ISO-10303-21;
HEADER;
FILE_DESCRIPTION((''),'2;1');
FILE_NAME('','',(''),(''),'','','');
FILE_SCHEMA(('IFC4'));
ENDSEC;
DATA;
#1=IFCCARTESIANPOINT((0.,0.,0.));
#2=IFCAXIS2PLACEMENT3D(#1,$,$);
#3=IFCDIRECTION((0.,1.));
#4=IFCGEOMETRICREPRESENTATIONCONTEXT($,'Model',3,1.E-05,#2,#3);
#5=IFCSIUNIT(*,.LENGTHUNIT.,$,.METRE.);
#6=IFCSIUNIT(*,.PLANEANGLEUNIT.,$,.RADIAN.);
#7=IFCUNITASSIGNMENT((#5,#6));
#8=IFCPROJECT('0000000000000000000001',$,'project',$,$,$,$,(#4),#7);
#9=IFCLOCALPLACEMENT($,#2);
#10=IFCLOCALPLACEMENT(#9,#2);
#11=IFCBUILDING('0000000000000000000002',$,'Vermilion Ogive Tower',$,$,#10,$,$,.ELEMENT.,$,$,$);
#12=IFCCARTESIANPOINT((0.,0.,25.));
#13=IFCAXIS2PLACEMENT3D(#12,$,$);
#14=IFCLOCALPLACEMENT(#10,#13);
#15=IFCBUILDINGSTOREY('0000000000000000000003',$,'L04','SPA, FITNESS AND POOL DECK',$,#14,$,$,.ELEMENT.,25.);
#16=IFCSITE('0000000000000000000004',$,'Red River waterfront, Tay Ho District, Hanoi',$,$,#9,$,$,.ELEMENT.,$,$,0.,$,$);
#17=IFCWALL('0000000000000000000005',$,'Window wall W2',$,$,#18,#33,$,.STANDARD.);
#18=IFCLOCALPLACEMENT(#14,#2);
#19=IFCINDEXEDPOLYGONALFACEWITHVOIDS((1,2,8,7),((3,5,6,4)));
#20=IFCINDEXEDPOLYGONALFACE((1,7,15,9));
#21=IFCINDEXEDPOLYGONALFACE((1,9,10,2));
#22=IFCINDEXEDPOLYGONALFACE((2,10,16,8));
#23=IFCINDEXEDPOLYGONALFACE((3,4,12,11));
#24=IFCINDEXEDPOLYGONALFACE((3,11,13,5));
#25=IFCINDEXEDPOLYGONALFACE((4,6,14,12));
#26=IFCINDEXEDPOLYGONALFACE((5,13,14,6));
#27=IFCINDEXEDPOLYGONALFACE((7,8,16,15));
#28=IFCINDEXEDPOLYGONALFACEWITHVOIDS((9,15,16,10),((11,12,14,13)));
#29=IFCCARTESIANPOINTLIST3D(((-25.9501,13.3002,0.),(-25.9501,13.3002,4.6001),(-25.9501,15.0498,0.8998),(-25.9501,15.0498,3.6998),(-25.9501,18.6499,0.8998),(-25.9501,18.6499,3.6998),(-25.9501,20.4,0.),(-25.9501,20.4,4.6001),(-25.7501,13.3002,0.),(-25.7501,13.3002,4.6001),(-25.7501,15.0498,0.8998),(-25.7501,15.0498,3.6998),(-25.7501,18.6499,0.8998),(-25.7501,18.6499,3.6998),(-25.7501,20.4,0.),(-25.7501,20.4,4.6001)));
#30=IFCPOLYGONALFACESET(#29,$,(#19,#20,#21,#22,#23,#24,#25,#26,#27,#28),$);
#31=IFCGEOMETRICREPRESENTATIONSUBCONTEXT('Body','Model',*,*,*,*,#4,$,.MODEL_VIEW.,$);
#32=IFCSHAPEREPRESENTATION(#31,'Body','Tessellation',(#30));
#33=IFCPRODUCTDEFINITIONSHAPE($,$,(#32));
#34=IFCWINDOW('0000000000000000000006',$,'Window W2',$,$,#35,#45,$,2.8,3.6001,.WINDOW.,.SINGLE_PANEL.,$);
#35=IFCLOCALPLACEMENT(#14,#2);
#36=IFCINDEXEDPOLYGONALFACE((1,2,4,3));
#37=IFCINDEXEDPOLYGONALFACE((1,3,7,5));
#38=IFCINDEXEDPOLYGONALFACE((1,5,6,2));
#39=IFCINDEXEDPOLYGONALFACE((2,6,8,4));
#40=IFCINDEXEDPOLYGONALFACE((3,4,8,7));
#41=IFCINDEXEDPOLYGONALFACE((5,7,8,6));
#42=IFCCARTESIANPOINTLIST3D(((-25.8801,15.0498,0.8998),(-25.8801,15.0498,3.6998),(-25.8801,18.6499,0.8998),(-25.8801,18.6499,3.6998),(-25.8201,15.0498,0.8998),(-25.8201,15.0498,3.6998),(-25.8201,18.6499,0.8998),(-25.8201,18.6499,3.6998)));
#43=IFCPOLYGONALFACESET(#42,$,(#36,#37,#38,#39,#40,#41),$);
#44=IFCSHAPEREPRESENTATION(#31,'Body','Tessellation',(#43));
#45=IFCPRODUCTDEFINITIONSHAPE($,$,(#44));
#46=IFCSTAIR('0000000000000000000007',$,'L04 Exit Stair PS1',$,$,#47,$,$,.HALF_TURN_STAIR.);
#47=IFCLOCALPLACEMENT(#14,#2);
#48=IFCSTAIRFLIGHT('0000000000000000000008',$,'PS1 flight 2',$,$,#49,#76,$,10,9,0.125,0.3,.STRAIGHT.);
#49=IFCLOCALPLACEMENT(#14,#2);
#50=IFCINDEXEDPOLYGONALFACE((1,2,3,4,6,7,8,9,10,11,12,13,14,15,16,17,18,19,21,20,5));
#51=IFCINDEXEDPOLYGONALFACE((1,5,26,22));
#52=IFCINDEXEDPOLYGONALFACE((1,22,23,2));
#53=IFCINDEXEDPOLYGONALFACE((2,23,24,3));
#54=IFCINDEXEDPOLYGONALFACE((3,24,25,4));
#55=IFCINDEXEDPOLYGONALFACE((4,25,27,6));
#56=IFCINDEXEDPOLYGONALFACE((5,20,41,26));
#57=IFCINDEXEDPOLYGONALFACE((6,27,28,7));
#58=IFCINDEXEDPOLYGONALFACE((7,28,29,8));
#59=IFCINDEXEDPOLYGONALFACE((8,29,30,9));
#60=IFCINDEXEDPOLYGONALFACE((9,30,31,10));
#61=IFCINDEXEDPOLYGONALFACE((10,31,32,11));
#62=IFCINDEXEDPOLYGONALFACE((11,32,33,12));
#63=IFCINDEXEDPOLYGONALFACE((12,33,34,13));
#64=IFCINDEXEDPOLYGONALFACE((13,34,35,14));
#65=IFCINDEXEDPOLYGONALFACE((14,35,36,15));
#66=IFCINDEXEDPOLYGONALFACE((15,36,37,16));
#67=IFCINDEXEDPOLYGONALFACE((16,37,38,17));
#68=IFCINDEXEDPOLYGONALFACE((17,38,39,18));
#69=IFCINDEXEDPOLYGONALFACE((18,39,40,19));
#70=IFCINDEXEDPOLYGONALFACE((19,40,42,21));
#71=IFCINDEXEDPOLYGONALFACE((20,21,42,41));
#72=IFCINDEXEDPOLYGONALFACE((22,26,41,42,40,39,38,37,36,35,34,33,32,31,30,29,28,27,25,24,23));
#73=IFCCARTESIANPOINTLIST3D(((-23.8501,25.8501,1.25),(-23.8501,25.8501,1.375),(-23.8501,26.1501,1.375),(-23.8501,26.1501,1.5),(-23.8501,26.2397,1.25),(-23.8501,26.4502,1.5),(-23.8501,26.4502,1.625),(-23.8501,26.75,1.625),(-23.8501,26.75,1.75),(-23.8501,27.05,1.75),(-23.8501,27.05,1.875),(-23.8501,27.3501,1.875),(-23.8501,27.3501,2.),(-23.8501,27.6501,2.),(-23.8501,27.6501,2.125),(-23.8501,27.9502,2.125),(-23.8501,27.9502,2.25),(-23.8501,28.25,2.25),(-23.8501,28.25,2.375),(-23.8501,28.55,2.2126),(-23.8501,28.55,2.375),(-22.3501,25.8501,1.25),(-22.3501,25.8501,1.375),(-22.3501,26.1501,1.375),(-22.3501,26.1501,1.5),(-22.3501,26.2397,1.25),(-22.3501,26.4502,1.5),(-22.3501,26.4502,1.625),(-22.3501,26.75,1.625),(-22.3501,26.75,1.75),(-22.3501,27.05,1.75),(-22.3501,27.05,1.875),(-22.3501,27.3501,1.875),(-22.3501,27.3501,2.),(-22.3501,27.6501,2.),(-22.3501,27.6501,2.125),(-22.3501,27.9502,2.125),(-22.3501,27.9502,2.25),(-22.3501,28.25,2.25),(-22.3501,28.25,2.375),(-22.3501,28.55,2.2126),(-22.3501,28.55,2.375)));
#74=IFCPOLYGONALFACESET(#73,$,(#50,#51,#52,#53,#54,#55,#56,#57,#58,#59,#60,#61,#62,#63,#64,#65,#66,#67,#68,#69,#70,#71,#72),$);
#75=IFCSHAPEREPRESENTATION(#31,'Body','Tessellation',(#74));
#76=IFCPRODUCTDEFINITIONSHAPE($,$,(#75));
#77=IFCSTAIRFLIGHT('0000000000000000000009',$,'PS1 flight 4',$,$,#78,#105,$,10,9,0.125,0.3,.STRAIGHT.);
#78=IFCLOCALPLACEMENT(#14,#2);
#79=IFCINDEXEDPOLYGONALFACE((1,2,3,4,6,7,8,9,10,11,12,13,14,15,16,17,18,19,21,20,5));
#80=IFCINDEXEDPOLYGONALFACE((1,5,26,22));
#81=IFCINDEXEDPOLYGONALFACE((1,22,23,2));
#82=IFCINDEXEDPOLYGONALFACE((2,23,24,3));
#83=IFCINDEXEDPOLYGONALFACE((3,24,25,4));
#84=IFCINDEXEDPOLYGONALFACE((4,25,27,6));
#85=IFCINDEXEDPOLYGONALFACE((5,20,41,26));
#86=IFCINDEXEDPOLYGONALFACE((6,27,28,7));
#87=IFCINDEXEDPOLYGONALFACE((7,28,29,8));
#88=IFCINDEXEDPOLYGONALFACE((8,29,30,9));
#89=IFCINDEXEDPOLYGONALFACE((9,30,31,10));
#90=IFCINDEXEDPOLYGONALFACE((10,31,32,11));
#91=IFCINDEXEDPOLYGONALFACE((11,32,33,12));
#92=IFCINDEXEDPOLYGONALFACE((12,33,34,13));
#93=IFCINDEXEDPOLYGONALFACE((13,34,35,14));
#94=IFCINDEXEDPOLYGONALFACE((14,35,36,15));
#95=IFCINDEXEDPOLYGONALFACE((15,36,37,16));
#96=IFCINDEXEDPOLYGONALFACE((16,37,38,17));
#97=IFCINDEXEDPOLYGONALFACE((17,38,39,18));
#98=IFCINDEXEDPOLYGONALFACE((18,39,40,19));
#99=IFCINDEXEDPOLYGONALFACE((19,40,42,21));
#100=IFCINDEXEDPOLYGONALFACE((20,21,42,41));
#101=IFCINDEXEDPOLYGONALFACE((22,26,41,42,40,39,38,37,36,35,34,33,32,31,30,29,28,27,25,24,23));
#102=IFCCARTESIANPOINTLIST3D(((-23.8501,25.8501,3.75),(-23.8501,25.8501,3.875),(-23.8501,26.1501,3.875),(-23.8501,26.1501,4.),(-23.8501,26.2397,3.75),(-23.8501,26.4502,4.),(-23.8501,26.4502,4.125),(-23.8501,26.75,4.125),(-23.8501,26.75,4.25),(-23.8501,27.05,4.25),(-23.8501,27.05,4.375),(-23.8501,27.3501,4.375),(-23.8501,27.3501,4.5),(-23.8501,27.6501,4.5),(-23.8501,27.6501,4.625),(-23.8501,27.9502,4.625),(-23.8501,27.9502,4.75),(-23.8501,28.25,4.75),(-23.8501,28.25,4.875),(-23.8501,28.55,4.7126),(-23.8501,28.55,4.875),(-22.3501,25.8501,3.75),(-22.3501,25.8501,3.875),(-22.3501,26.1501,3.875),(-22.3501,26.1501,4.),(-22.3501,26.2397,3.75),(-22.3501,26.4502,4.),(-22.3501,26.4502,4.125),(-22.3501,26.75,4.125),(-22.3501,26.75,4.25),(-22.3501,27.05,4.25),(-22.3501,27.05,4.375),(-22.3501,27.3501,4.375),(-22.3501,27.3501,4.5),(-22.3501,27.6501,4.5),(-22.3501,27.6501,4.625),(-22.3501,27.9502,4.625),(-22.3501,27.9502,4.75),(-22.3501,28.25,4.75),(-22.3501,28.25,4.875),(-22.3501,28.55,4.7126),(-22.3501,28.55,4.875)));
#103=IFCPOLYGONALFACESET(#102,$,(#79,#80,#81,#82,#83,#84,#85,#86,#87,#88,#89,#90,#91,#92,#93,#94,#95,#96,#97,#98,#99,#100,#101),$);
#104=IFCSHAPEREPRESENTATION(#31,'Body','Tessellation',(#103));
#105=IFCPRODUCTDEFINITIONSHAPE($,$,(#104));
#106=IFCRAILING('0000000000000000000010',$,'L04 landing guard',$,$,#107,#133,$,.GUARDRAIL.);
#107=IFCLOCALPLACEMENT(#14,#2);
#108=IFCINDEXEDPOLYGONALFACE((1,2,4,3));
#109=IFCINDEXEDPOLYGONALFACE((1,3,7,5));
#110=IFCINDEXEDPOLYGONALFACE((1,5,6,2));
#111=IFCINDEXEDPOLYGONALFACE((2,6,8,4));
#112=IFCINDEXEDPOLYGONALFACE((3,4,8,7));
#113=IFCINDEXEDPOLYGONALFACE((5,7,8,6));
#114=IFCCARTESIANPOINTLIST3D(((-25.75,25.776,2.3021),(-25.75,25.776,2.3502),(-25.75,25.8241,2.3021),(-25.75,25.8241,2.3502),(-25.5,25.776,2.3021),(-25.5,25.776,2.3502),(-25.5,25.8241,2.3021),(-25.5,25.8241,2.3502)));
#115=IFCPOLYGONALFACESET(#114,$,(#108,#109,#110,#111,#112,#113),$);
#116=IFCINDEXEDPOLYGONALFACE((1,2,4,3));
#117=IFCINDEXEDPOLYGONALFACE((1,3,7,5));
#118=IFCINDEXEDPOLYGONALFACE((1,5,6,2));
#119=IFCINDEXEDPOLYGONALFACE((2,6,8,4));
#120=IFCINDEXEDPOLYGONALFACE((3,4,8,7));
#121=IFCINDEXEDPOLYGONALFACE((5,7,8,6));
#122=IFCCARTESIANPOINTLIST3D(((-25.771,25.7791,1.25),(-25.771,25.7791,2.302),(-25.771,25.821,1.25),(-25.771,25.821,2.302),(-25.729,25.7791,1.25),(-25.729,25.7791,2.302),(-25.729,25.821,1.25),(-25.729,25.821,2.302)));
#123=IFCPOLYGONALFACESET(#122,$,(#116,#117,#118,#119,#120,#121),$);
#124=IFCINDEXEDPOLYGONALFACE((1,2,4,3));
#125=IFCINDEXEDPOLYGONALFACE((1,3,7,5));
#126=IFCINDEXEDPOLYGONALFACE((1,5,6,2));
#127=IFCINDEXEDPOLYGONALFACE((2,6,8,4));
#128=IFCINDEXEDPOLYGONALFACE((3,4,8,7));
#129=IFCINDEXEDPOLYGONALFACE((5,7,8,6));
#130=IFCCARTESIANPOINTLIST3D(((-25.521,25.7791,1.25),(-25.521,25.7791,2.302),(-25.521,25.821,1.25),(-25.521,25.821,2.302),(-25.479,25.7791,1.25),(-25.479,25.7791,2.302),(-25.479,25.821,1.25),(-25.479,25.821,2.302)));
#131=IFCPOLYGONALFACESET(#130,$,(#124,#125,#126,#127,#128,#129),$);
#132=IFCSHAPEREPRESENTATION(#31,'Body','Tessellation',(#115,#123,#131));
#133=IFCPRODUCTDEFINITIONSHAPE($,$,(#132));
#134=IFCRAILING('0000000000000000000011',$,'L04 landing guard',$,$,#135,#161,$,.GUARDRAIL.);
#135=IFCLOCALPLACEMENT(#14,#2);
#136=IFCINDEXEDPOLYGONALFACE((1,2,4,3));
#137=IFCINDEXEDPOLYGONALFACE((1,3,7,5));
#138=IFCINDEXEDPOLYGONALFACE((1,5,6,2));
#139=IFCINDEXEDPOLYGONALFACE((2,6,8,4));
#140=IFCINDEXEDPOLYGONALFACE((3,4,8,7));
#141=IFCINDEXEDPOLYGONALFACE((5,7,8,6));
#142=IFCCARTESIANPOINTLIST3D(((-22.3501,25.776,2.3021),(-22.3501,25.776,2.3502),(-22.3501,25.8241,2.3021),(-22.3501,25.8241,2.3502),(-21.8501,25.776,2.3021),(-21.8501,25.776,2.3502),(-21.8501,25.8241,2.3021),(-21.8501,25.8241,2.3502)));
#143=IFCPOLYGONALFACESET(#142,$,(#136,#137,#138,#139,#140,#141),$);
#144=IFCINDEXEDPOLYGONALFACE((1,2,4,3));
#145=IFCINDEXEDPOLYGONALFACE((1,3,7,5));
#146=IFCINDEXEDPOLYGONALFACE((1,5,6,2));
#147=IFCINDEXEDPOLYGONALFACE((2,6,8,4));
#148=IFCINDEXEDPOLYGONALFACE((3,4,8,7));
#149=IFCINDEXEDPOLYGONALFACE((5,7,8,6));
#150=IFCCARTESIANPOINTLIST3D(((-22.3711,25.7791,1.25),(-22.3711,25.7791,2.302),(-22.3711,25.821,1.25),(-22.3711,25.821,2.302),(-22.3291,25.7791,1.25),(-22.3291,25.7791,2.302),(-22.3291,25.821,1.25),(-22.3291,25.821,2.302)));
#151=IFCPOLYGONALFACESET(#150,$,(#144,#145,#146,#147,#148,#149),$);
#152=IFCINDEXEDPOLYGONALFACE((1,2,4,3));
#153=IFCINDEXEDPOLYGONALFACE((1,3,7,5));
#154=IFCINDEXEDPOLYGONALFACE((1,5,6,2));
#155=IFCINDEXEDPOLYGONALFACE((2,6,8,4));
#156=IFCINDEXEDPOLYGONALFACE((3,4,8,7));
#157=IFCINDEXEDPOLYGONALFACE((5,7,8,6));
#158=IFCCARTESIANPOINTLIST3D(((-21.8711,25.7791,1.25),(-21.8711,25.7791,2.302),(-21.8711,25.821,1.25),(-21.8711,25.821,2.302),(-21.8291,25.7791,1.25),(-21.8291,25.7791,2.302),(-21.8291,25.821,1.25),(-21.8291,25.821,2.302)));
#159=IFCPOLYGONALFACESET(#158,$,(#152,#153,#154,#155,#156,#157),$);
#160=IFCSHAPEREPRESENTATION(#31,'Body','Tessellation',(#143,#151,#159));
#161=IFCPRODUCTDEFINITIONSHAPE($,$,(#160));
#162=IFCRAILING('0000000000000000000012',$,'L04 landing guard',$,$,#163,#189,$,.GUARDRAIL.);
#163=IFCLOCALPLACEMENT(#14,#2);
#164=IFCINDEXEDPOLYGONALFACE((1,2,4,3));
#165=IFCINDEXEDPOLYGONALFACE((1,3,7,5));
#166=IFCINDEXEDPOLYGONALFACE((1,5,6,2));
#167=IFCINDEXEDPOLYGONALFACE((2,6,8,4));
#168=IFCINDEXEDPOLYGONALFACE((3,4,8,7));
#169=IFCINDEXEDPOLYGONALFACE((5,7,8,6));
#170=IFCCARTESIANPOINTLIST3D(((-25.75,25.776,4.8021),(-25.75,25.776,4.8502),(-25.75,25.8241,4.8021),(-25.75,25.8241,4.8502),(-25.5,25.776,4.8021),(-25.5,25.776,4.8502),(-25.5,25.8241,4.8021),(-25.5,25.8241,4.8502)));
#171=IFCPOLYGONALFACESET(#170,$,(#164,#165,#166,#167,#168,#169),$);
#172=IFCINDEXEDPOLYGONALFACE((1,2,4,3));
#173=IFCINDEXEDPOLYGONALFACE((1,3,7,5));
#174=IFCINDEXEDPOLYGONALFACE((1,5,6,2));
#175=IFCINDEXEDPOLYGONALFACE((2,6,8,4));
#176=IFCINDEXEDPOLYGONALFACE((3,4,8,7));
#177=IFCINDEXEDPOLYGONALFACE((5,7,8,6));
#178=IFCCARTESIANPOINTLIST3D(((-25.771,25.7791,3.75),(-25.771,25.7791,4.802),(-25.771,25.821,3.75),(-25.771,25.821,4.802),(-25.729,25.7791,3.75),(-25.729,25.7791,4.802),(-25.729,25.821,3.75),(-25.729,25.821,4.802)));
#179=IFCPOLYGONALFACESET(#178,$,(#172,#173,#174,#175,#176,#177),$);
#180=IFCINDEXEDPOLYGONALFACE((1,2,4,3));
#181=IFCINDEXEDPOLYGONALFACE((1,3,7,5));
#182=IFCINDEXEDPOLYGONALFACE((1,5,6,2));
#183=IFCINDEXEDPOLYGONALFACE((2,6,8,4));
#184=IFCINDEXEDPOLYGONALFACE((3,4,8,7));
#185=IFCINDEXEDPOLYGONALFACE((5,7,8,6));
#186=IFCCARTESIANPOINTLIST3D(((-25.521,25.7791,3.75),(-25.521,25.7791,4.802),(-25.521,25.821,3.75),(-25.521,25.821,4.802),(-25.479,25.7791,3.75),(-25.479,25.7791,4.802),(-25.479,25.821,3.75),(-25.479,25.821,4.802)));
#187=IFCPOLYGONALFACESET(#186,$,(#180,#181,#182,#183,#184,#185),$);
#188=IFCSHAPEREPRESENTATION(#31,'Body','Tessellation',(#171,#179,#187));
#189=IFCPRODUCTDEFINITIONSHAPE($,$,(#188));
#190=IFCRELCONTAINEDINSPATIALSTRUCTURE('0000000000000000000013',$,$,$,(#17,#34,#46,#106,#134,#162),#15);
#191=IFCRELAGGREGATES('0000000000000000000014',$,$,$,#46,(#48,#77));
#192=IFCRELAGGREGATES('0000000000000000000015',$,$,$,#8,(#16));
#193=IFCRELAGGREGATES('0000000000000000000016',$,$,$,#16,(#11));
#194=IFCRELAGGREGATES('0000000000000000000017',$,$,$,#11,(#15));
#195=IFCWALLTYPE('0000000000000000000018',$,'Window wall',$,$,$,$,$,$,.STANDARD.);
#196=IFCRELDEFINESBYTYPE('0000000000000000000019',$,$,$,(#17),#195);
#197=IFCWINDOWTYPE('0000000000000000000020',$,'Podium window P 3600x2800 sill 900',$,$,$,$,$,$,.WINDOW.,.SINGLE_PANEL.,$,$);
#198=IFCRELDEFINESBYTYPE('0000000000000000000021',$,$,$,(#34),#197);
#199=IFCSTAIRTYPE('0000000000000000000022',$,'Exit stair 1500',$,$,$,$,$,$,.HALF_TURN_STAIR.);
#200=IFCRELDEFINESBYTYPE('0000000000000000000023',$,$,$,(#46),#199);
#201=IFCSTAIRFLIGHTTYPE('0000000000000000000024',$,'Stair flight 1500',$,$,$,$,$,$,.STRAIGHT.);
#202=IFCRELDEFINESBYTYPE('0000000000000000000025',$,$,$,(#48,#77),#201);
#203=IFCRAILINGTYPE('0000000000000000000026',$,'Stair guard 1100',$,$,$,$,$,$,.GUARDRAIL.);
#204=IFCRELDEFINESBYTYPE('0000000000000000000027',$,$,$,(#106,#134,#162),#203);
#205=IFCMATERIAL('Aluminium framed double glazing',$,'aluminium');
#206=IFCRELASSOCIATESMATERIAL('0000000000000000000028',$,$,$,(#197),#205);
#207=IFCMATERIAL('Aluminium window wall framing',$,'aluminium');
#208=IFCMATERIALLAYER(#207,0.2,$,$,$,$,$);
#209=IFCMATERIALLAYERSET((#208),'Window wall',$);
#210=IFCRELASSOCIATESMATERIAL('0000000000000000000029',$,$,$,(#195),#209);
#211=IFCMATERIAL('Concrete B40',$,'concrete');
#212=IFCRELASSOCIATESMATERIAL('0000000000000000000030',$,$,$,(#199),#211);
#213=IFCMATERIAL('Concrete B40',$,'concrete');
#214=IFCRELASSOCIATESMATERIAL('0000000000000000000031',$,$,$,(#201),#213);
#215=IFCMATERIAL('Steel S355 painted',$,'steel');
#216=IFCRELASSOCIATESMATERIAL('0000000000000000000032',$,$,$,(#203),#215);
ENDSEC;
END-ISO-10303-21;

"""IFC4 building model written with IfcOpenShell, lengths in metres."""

from ifc_helpers import new_model, si_unit, direction, frame, frame_2d, origin, origin_2d, place, context, subcontext, project, spatial, polyline, rectangle, outline, extrude, material, layer, layer_set, type_object, element, fill, aggregate, save


model = new_model("IFC4")

# Units and contexts
model_context = context("Model", 3, precision=1e-05, world=origin(), true_north=direction((0.0, 1.0)))
body_context = subcontext(model_context, "Body", "Model", "MODEL_VIEW")
ifc_project = project(units=[si_unit("LENGTHUNIT", "METRE"), si_unit("PLANEANGLEUNIT", "RADIAN")], contexts=[model_context])

# Site, building, storey
site_placement = place(None, origin())
site = spatial("IfcSite", under=ifc_project, at=site_placement, Name="Red River waterfront, Tay Ho District, Hanoi", CompositionType="ELEMENT", RefElevation=0.0)
building_placement = place(site_placement, origin())
building = spatial("IfcBuilding", under=site, at=building_placement, Name="Vermilion Ogive Tower", CompositionType="ELEMENT")
storey_placement = place(building_placement, frame((0.0, 0.0, 25.0)))
storey = spatial("IfcBuildingStorey", under=building, at=storey_placement, Name="L04", Description="SPA, FITNESS AND POOL DECK", CompositionType="ELEMENT", Elevation=25.0)

# Wall, opening, window
ifc_material_1 = material(Name="Aluminium framed double glazing", Category="aluminium")
window_type = type_object("IfcWindowType", Name="Podium window P 3600x2800 sill 900", PartitioningType="SINGLE_PANEL", PredefinedType="WINDOW", material=ifc_material_1)
ifc_material_2 = material(Name="Aluminium window wall framing", Category="aluminium")
ifc_layer_1 = layer(ifc_material_2, 0.2)
ifc_layer_set_1 = layer_set([ifc_layer_1], Name="Window wall")
wall_type_1 = type_object("IfcWallType", Name="Window wall", PredefinedType="STANDARD", material=ifc_layer_set_1)
wall_1_placement = place(storey_placement, frame((-25.8501, 20.3999, 0.0), z_axis=(0.0, 0.0, 1.0), x_axis=(0.0, -1.0, 0.0)))
wall_1 = element("IfcWall", 1, at=wall_1_placement, inside=storey, type_object=wall_type_1, Name="Window wall W2", PredefinedType="STANDARD", context=body_context, shape_type="SweptSolid", body=[
    extrude(rectangle(XDim=7.0999, YDim=0.2, at=frame_2d((3.5498, 0.0))), origin(), (0.0, 0.0, 1.0), 4.6001),
])
opening_1_placement = place(wall_1_placement, frame((1.75, 0.0, 0.8999)))
opening_1 = element("IfcOpeningElement", 2, at=opening_1_placement, cuts=wall_1, PredefinedType="OPENING", context=body_context, shape_type="SweptSolid", body=[
    extrude(rectangle(XDim=3.6001, YDim=2.8, at=frame_2d((1.8, 1.3999))), frame((0.0, 0.1099, 0.0), z_axis=(0.0, -1.0, 0.0), x_axis=(1.0, 0.0, 0.0)), (0.0, 0.0, 1.0), 0.22),
])
window_1_placement = place(opening_1_placement, origin())
window_1 = element("IfcWindow", 3, at=window_1_placement, inside=storey, type_object=window_type, Name="Window W2", OverallHeight=2.8, OverallWidth=3.6001, PartitioningType="SINGLE_PANEL", PredefinedType="WINDOW", context=body_context, shape_type="SweptSolid", body=[
    extrude(rectangle(XDim=3.6001, YDim=2.8, at=frame_2d((1.8, 1.3999))), frame((0.0, 0.03, 0.0), z_axis=(0.0, -1.0, 0.0), x_axis=(1.0, 0.0, 0.0)), (0.0, 0.0, 1.0), 0.0601),
])
fill(opening_1, window_1)

# Stair, stair flights
ifc_material_3 = material(Name="Concrete B40", Category="concrete")
stair_type = type_object("IfcStairType", Name="Exit stair 1500", PredefinedType="HALF_TURN_STAIR", material=ifc_material_3)
stair_placement = place(storey_placement, origin())
stair = element("IfcStair", 4, at=stair_placement, inside=storey, type_object=stair_type, Name="L04 Exit Stair PS1", PredefinedType="HALF_TURN_STAIR")
ifc_material_4 = material(Name="Concrete B40", Category="concrete")
stair_flight_type = type_object("IfcStairFlightType", Name="Stair flight 1500", PredefinedType="STRAIGHT", material=ifc_material_4)
stair_flight_1_placement = place(storey_placement, frame((-23.1001, 25.8501, 1.25), z_axis=(0.0, 0.0, 1.0), x_axis=(0.0, 1.0, 0.0)))
stair_flight_1 = element("IfcStairFlight", 5, at=stair_flight_1_placement, type_object=stair_flight_type, Name="PS1 flight 2", NumberOfRisers=10, NumberOfTreads=9, PredefinedType="STRAIGHT", RiserHeight=0.125, TreadLength=0.3, context=body_context, shape_type="SweptSolid", body=[
    extrude(outline(polyline([(0.0, 0.0), (0.0, 0.125), (0.3, 0.125), (0.3, 0.25), (0.6001, 0.25), (0.6001, 0.375), (0.8999, 0.375), (0.8999, 0.5), (1.2, 0.5), (1.2, 0.625), (1.5, 0.625), (1.5, 0.75), (1.8, 0.75), (1.8, 0.875), (2.1001, 0.875), (2.1001, 1.0), (2.3999, 1.0), (2.3999, 1.125), (2.7, 1.125), (2.7, 1.25), (2.7, 0.9626), (0.3896, 0.0), (0.0, 0.0)])), frame((0.0, 0.75, 0.0), z_axis=(0.0, -1.0, 0.0), x_axis=(1.0, 0.0, 0.0)), (0.0, 0.0, 1.0), 1.5),
])
stair_flight_2_placement = place(storey_placement, frame((-23.1001, 25.8501, 3.75), z_axis=(0.0, 0.0, 1.0), x_axis=(0.0, 1.0, 0.0)))
stair_flight_2 = element("IfcStairFlight", 6, at=stair_flight_2_placement, type_object=stair_flight_type, Name="PS1 flight 4", NumberOfRisers=10, NumberOfTreads=9, PredefinedType="STRAIGHT", RiserHeight=0.125, TreadLength=0.3, context=body_context, shape_type="SweptSolid", body=[
    extrude(outline(polyline([(0.0, 0.0), (0.0, 0.125), (0.3, 0.125), (0.3, 0.25), (0.6001, 0.25), (0.6001, 0.375), (0.8999, 0.375), (0.8999, 0.5), (1.2, 0.5), (1.2, 0.625), (1.5, 0.625), (1.5, 0.75), (1.8, 0.75), (1.8, 0.875), (2.1001, 0.875), (2.1001, 1.0), (2.3999, 1.0), (2.3999, 1.125), (2.7, 1.125), (2.7, 1.25), (2.7, 0.9626), (0.3896, 0.0), (0.0, 0.0)])), frame((0.0, 0.75, 0.0), z_axis=(0.0, -1.0, 0.0), x_axis=(1.0, 0.0, 0.0)), (0.0, 0.0, 1.0), 1.5),
])
aggregate(stair, [stair_flight_1, stair_flight_2])

# Railings
ifc_material_5 = material(Name="Steel S355 painted", Category="steel")
railing_type_1 = type_object("IfcRailingType", Name="Stair guard 1100", PredefinedType="GUARDRAIL", material=ifc_material_5)
railing_1_placement = place(storey_placement, frame((-25.75, 25.8, 1.25)))
element("IfcRailing", 7, at=railing_1_placement, inside=storey, type_object=railing_type_1, Name="L04 landing guard", PredefinedType="GUARDRAIL", context=body_context, shape_type="SweptSolid", body=[
    extrude(rectangle(XDim=0.0481, YDim=0.0481, at=origin_2d()), frame((0.0, 0.0, 1.0762), z_axis=(1.0, 0.0, 0.0), x_axis=(0.0, 1.0, 0.0)), (0.0, 0.0, 1.0), 0.25),
    extrude(rectangle(XDim=0.042, YDim=0.042, at=origin_2d()), origin(), (0.0, 0.0, 1.0), 1.052),
    extrude(rectangle(XDim=0.042, YDim=0.042, at=origin_2d()), frame((0.25, 0.0, 0.0)), (0.0, 0.0, 1.0), 1.052),
])
railing_2_placement = place(storey_placement, frame((-22.3501, 25.8, 1.25)))
element("IfcRailing", 8, at=railing_2_placement, inside=storey, type_object=railing_type_1, Name="L04 landing guard", PredefinedType="GUARDRAIL", context=body_context, shape_type="SweptSolid", body=[
    extrude(rectangle(XDim=0.0481, YDim=0.0481, at=origin_2d()), frame((0.0, 0.0, 1.0762), z_axis=(1.0, 0.0, 0.0), x_axis=(0.0, 1.0, 0.0)), (0.0, 0.0, 1.0), 0.5),
    extrude(rectangle(XDim=0.042, YDim=0.042, at=origin_2d()), origin(), (0.0, 0.0, 1.0), 1.052),
    extrude(rectangle(XDim=0.042, YDim=0.042, at=origin_2d()), frame((0.5, 0.0, 0.0)), (0.0, 0.0, 1.0), 1.052),
])
railing_3_placement = place(storey_placement, frame((-25.75, 25.8, 3.75)))
element("IfcRailing", 9, at=railing_3_placement, inside=storey, type_object=railing_type_1, Name="L04 landing guard", PredefinedType="GUARDRAIL", context=body_context, shape_type="SweptSolid", body=[
    extrude(rectangle(XDim=0.0481, YDim=0.0481, at=origin_2d()), frame((0.0, 0.0, 1.0762), z_axis=(1.0, 0.0, 0.0), x_axis=(0.0, 1.0, 0.0)), (0.0, 0.0, 1.0), 0.25),
    extrude(rectangle(XDim=0.042, YDim=0.042, at=origin_2d()), origin(), (0.0, 0.0, 1.0), 1.052),
    extrude(rectangle(XDim=0.042, YDim=0.042, at=origin_2d()), frame((0.25, 0.0, 0.0)), (0.0, 0.0, 1.0), 1.052),
])

save(model, "model.ifc")
